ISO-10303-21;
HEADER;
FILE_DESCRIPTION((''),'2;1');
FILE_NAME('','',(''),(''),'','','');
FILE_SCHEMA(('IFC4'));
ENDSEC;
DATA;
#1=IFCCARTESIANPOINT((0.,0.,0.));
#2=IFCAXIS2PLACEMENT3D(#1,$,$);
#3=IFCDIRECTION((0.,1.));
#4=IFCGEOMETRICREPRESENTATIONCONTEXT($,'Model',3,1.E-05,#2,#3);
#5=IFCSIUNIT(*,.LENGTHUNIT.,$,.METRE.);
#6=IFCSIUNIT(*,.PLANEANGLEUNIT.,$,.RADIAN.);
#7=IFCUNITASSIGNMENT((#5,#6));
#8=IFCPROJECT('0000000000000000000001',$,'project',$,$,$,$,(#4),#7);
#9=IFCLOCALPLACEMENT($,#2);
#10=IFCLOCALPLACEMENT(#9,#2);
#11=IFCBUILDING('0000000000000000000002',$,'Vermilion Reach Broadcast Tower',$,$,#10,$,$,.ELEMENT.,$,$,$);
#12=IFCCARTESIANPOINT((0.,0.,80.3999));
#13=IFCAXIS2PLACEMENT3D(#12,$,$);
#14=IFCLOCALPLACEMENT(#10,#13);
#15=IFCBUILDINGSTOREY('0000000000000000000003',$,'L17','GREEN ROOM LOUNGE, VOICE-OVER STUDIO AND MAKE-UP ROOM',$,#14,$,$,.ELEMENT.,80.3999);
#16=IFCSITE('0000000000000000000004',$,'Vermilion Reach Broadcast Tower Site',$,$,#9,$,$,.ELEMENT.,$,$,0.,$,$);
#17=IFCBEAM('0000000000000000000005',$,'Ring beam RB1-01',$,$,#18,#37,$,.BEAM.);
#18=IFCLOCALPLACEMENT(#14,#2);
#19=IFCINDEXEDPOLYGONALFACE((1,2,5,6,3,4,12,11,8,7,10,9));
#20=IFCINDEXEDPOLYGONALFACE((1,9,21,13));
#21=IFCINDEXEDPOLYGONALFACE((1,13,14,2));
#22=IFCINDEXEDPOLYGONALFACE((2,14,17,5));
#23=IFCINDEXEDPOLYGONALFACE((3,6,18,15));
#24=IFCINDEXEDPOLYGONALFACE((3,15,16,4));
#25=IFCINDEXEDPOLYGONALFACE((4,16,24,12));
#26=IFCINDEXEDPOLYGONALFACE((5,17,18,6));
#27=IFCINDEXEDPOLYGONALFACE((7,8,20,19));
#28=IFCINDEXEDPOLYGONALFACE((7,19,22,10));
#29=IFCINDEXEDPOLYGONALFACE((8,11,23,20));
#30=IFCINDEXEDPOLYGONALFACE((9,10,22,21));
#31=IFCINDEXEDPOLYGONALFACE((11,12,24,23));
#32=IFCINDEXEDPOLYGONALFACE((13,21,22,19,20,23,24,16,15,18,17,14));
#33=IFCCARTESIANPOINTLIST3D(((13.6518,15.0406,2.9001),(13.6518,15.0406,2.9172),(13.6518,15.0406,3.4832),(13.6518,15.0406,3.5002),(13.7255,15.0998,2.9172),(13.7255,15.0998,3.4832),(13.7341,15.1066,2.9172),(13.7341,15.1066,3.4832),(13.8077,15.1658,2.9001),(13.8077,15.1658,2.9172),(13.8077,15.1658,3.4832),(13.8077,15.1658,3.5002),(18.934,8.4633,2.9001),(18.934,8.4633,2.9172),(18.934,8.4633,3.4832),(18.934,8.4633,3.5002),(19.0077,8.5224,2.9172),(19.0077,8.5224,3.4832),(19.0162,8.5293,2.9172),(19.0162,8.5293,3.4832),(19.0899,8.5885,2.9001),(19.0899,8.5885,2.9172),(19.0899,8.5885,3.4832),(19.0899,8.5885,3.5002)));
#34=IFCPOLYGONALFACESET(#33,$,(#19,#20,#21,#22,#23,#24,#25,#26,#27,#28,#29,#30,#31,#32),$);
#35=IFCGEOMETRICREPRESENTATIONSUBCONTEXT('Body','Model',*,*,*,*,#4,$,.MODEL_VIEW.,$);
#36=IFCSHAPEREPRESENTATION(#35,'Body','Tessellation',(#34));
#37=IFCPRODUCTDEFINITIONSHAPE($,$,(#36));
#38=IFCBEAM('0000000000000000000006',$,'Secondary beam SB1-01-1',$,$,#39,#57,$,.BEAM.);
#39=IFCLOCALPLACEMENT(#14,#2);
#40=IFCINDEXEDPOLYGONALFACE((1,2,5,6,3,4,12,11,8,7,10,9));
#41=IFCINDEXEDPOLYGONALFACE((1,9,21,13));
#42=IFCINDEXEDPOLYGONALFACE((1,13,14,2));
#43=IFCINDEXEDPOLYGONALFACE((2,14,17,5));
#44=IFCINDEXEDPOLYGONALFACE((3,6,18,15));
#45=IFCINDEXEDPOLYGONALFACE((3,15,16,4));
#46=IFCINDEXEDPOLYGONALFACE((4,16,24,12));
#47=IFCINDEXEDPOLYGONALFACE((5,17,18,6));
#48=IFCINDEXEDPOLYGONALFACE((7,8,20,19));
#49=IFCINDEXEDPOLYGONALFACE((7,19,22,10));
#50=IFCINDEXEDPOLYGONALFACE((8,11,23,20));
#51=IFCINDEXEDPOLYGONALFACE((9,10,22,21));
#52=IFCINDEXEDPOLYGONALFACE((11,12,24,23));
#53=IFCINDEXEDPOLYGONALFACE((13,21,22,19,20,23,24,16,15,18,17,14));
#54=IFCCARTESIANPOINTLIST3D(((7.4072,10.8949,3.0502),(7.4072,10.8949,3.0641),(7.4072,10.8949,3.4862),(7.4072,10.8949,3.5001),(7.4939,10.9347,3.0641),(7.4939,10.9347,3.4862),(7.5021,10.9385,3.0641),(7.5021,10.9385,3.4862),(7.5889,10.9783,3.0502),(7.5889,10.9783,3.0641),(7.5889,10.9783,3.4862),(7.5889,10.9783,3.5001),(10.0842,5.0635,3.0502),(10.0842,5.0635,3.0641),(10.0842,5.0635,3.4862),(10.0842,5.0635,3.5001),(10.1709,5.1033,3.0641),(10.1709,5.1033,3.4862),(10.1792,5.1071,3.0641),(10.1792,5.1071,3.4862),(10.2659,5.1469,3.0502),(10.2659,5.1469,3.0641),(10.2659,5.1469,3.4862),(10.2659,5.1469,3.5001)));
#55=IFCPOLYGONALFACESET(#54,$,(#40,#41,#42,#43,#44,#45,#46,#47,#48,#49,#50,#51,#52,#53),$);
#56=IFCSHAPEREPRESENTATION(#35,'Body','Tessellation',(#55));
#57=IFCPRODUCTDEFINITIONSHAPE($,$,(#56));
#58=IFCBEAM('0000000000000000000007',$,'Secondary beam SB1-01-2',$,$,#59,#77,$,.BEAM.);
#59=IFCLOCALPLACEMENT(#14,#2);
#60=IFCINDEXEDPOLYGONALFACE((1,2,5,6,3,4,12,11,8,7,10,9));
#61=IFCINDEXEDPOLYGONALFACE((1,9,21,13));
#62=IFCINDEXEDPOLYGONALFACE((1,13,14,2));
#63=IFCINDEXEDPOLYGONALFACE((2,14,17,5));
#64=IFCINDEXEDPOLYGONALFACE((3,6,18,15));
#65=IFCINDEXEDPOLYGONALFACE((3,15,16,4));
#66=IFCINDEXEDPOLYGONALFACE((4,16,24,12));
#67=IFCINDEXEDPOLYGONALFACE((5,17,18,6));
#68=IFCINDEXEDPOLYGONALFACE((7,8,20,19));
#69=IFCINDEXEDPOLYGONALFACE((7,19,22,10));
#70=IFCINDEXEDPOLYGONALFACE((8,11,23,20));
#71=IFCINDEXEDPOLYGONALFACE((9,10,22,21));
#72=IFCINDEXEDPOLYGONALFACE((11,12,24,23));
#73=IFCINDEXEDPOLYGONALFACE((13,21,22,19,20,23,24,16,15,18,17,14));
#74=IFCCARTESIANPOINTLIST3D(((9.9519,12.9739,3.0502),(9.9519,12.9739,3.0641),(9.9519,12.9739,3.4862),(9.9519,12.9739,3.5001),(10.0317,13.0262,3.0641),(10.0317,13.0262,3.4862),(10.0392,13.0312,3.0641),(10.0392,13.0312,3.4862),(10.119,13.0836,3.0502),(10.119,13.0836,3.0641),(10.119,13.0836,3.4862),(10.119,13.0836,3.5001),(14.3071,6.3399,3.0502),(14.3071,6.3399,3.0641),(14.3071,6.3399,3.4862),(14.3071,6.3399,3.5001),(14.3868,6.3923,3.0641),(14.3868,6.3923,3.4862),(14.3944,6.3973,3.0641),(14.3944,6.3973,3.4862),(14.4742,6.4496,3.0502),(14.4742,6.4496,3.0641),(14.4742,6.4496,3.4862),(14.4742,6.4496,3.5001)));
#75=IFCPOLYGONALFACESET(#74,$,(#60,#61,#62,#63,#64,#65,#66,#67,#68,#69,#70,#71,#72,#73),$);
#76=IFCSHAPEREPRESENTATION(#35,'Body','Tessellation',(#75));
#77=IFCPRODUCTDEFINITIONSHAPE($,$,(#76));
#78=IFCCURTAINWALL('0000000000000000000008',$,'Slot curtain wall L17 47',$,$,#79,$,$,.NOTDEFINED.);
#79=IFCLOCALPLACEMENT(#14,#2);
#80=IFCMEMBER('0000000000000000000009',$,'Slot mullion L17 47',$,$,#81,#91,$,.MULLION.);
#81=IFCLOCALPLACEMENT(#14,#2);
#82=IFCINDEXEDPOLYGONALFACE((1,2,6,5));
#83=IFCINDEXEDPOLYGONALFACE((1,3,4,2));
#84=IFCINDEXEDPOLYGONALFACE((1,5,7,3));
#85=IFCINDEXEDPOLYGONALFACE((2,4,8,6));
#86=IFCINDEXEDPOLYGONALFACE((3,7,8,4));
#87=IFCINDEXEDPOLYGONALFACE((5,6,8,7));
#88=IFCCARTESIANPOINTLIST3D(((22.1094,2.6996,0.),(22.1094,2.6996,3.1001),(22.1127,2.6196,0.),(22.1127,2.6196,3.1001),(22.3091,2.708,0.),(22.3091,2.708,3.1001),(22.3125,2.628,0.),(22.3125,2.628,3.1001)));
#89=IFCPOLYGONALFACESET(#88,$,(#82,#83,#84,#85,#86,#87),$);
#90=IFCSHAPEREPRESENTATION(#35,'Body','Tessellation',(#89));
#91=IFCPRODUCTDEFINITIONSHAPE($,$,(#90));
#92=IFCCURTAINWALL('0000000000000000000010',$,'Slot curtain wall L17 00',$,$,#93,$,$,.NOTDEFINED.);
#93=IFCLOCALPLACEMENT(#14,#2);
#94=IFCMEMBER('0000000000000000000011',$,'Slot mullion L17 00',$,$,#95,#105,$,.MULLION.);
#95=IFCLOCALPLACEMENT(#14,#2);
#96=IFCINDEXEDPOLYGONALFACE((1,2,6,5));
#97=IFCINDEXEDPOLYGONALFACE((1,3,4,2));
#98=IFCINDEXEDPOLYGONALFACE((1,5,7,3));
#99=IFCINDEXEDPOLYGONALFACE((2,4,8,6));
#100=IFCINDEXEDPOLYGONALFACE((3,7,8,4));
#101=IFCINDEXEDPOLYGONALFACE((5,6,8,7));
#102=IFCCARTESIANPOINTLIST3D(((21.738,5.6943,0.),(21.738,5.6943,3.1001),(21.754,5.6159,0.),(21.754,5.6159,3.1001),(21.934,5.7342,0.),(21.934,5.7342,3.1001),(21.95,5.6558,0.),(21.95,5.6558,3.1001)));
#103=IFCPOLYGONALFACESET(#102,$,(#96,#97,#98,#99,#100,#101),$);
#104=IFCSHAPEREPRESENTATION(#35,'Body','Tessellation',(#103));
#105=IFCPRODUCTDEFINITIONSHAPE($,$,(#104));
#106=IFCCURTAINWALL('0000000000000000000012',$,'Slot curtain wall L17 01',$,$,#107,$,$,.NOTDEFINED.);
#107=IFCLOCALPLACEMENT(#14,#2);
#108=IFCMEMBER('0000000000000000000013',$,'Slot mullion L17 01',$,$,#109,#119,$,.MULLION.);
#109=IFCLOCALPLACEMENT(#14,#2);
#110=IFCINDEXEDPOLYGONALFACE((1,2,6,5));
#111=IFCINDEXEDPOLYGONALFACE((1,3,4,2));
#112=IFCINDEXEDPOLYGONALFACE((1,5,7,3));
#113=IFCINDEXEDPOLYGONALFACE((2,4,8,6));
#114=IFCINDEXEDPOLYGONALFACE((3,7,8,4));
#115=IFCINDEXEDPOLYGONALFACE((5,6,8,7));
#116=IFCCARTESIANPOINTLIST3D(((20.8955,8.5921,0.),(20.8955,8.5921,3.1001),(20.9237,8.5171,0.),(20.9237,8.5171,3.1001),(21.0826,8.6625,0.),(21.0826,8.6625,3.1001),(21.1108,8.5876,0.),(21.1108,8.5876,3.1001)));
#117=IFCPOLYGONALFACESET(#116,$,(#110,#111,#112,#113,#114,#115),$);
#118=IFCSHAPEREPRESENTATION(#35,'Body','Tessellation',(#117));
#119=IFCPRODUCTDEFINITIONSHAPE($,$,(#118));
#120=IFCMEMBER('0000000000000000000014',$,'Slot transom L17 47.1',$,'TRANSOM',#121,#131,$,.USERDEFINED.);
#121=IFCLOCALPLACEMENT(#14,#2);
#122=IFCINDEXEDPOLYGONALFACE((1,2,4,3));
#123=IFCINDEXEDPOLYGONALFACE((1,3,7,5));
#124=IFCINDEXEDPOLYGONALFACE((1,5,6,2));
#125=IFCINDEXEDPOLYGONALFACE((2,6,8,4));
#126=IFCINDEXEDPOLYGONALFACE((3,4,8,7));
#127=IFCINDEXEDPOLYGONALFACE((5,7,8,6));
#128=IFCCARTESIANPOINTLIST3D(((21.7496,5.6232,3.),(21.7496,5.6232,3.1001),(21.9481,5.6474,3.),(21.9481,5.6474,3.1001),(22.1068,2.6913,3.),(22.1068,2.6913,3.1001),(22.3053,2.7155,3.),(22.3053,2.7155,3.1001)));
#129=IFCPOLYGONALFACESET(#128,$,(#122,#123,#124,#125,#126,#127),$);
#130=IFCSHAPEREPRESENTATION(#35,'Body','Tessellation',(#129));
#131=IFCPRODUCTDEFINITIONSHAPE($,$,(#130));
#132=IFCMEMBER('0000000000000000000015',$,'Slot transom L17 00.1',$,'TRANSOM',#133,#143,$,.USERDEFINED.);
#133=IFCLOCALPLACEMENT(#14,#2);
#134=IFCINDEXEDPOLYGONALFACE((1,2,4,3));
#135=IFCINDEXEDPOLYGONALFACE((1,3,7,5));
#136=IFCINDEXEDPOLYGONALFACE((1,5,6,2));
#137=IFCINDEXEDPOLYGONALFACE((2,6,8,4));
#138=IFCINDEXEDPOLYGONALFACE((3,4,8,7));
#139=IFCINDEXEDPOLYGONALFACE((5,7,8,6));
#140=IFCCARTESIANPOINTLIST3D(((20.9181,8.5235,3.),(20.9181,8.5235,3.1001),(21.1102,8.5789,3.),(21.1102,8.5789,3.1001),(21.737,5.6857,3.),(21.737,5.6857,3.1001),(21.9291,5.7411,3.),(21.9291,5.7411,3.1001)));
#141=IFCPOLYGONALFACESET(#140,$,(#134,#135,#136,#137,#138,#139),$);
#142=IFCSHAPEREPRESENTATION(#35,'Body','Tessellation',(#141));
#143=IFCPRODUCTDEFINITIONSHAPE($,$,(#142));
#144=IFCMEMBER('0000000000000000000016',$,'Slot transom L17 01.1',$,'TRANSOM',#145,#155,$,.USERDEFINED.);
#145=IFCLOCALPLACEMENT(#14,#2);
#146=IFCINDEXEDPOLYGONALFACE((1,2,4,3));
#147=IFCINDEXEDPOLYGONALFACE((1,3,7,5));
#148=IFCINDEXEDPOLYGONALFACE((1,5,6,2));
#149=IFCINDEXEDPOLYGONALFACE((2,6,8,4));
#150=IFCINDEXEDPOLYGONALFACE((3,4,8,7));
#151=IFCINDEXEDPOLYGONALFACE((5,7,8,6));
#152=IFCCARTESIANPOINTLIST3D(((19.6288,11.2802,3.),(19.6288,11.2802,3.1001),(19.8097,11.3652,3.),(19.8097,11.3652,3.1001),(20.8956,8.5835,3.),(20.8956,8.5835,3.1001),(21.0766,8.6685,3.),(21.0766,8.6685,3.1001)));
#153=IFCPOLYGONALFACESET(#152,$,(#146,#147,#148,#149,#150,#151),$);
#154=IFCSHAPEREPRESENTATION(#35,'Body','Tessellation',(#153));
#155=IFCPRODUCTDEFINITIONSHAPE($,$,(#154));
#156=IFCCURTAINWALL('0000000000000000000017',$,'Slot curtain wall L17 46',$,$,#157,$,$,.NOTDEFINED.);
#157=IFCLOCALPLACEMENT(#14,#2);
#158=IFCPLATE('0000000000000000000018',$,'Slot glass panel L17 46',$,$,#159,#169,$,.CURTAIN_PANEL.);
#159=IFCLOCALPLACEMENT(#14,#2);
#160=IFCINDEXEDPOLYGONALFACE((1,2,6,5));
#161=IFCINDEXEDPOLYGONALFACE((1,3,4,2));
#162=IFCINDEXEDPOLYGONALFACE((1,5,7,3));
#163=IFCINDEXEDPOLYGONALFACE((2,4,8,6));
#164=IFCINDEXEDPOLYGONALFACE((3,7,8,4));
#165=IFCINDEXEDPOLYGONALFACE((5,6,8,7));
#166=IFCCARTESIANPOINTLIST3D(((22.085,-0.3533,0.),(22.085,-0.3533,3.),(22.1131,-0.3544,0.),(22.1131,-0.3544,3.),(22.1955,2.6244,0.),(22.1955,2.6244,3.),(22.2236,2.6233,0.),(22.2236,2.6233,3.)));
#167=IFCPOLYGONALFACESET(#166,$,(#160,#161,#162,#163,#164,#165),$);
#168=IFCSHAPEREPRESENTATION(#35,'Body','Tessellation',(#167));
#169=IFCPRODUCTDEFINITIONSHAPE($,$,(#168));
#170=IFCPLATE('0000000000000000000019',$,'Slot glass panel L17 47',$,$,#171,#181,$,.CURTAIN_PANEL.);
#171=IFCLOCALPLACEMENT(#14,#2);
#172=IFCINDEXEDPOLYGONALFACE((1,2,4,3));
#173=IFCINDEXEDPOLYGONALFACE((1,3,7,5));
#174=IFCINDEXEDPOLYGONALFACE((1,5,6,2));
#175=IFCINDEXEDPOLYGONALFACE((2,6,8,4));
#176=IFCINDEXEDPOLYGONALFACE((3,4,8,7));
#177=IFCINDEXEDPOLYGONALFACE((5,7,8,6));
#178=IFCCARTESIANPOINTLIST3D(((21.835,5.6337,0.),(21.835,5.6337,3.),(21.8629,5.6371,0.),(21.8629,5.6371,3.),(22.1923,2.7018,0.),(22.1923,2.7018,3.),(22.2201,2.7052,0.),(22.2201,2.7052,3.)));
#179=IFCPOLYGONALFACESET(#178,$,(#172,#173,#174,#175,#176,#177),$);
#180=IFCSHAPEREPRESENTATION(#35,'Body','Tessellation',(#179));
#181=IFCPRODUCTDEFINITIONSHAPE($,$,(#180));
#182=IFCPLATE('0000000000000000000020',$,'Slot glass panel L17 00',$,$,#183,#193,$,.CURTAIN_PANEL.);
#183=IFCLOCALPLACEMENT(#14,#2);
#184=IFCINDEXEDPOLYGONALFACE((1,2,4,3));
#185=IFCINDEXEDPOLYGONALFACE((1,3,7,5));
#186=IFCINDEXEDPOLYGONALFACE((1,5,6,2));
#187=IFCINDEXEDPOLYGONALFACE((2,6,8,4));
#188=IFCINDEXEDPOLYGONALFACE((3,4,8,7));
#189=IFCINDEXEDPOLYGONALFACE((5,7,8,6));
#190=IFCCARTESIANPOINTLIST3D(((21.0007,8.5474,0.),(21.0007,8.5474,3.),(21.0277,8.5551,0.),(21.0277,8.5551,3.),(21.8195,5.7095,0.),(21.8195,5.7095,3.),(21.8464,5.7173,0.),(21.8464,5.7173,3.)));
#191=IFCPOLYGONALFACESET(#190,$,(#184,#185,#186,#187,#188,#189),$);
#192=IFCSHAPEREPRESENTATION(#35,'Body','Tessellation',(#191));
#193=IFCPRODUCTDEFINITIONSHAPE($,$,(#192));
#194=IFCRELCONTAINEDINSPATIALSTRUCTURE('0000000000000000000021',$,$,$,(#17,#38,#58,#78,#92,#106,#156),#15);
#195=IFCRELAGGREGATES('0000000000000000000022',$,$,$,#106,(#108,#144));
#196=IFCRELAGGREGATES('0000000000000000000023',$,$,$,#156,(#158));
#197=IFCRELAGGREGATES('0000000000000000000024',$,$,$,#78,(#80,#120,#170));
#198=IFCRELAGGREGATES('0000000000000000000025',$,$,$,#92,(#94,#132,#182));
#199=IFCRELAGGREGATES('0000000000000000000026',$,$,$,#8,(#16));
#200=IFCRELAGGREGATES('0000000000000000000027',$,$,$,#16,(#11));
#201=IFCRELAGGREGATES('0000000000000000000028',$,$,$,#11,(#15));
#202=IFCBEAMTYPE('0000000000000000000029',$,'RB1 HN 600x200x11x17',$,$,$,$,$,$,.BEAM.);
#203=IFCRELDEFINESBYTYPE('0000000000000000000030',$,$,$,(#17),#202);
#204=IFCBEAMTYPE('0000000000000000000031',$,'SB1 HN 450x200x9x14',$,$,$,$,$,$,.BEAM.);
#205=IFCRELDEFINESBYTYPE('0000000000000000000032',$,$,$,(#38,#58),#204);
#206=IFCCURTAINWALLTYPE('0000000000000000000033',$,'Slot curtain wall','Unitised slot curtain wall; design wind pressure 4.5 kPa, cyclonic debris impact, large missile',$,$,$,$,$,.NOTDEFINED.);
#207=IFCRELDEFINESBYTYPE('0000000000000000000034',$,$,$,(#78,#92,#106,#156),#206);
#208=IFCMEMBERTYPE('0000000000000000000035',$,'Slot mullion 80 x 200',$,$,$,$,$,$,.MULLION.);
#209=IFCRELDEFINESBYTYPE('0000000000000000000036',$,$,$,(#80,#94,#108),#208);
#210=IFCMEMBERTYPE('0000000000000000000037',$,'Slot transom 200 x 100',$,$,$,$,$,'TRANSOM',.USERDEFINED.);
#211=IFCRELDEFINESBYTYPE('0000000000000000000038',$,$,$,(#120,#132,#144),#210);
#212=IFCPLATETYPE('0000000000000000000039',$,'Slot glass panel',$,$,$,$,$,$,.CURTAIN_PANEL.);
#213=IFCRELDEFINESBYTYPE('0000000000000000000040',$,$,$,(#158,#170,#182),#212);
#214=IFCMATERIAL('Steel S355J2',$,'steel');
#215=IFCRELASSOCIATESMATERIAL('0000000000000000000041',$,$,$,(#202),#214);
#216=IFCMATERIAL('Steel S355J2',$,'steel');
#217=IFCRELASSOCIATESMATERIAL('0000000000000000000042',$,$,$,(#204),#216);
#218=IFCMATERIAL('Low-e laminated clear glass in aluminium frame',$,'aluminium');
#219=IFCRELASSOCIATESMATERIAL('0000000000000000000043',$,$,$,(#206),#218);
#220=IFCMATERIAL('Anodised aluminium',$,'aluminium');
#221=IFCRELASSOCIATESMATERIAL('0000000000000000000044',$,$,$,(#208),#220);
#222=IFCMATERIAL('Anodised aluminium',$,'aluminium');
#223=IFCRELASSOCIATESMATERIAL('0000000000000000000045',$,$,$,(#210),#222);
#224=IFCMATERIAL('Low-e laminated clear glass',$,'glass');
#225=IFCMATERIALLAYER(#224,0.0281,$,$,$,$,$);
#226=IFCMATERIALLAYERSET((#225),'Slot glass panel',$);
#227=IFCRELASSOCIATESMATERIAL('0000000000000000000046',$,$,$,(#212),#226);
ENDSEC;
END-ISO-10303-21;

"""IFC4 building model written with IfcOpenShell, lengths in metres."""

from ifc_helpers import new_model, si_unit, direction, frame, origin, origin_2d, place, context, subcontext, project, spatial, rectangle, i_section, extrude, material, layer, layer_set, material_profile, profile_set, type_object, element, aggregate, save


model = new_model("IFC4")

# Units and contexts
model_context = context("Model", 3, precision=1e-05, world=origin(), true_north=direction((0.0, 1.0)))
body_context = subcontext(model_context, "Body", "Model", "MODEL_VIEW")
ifc_project = project(units=[si_unit("LENGTHUNIT", "METRE"), si_unit("PLANEANGLEUNIT", "RADIAN")], contexts=[model_context])

# Site, building, storey
site_placement = place(None, origin())
site = spatial("IfcSite", under=ifc_project, at=site_placement, Name="Vermilion Reach Broadcast Tower Site", CompositionType="ELEMENT", RefElevation=0.0)
building_placement = place(site_placement, origin())
building = spatial("IfcBuilding", under=site, at=building_placement, Name="Vermilion Reach Broadcast Tower", CompositionType="ELEMENT")
storey_placement = place(building_placement, frame((0.0, 0.0, 80.3999)))
storey = spatial("IfcBuildingStorey", under=building, at=storey_placement, Name="L17", Description="GREEN ROOM LOUNGE, VOICE-OVER STUDIO AND MAKE-UP ROOM", CompositionType="ELEMENT", Elevation=80.3999)

# Beams
ifc_material_1 = material(Name="Steel S355J2", Category="steel")
ifc_material_profile_1 = material_profile(ifc_material_1, i_section(OverallWidth=0.2, OverallDepth=0.6001, WebThickness=0.011, FlangeThickness=0.0171, at=origin_2d()), Name="S355J2 HN 600x200x11x17")
ifc_profile_set_1 = profile_set([ifc_material_profile_1], Name="Steel S355J2")
beam_type_1 = type_object("IfcBeamType", Name="RB1 HN 600x200x11x17", PredefinedType="BEAM", material=ifc_profile_set_1)
beam_1_placement = place(storey_placement, frame((19.012, 8.5259, 3.2002), z_axis=(-0.626162, 0.779693, 0.0), x_axis=(-0.779693, -0.626162, 0.0)))
element("IfcBeam", 1, at=beam_1_placement, inside=storey, type_object=beam_type_1, Name="Ring beam RB1-01", PredefinedType="BEAM", context=body_context, shape_type="SweptSolid", body=[
    extrude(i_section(OverallWidth=0.2, OverallDepth=0.6001, WebThickness=0.011, FlangeThickness=0.0171, at=origin_2d()), origin(), (0.0, 0.0, 1.0), 8.4358),
])
ifc_material_2 = material(Name="Steel S355J2", Category="steel")
ifc_material_profile_2 = material_profile(ifc_material_2, i_section(OverallWidth=0.2, OverallDepth=0.45, WebThickness=0.009, FlangeThickness=0.0139, at=origin_2d()), Name="S355J2 HN 450x200x9x14")
ifc_profile_set_2 = profile_set([ifc_material_profile_2], Name="Steel S355J2")
beam_type_2 = type_object("IfcBeamType", Name="SB1 HN 450x200x9x14", PredefinedType="BEAM", material=ifc_profile_set_2)
beam_2_placement = place(storey_placement, frame((10.175, 5.1052, 3.2751), z_axis=(-0.417211, 0.908809, 0.0), x_axis=(-0.908809, -0.417211, 0.0)))
element("IfcBeam", 2, at=beam_2_placement, inside=storey, type_object=beam_type_2, Name="Secondary beam SB1-01-1", PredefinedType="BEAM", context=body_context, shape_type="SweptSolid", body=[
    extrude(i_section(OverallWidth=0.2, OverallDepth=0.45, WebThickness=0.009, FlangeThickness=0.0139, at=origin_2d()), origin(), (0.0, 0.0, 1.0), 6.4165),
])
beam_3_placement = place(storey_placement, frame((14.3906, 6.3948, 3.2751), z_axis=(-0.548801, 0.835953, 0.0), x_axis=(-0.835953, -0.548801, 0.0)))
element("IfcBeam", 3, at=beam_3_placement, inside=storey, type_object=beam_type_2, Name="Secondary beam SB1-01-2", PredefinedType="BEAM", context=body_context, shape_type="SweptSolid", body=[
    extrude(i_section(OverallWidth=0.2, OverallDepth=0.45, WebThickness=0.009, FlangeThickness=0.0139, at=origin_2d()), origin(), (0.0, 0.0, 1.0), 7.9358),
])

# Curtain walls, members
ifc_material_3 = material(Name="Low-e laminated clear glass in aluminium frame", Category="aluminium")
curtain_wall_type = type_object("IfcCurtainWallType", Name="Slot curtain wall", Description="Unitised slot curtain wall; design wind pressure 4.5 kPa, cyclonic debris impact, large missile", PredefinedType="NOTDEFINED", material=ifc_material_3)
placement = place(storey_placement, origin())
curtain_wall_1 = element("IfcCurtainWall", 4, at=placement, inside=storey, type_object=curtain_wall_type, Name="Slot curtain wall L17 47", PredefinedType="NOTDEFINED")
ifc_material_4 = material(Name="Anodised aluminium", Category="aluminium")
ifc_material_profile_3 = material_profile(ifc_material_4, rectangle(XDim=0.2, YDim=0.0801, at=origin_2d()), Name="Slot mullion 80 x 200")
ifc_profile_set_3 = profile_set([ifc_material_profile_3], Name="Anodised aluminium")
member_type_1 = type_object("IfcMemberType", Name="Slot mullion 80 x 200", PredefinedType="MULLION", material=ifc_profile_set_3)
member_1_placement = place(storey_placement, frame((22.2109, 2.6638, 0.0), z_axis=(0.0, 0.0, 1.0), x_axis=(-0.999115, -0.04207, 0.0)))
member_1 = element("IfcMember", 5, at=member_1_placement, type_object=member_type_1, Name="Slot mullion L17 47", PredefinedType="MULLION", context=body_context, shape_type="SweptSolid", body=[
    extrude(rectangle(XDim=0.2, YDim=0.0801, at=origin_2d()), origin(), (0.0, 0.0, 1.0), 3.1001),
])
curtain_wall_2 = element("IfcCurtainWall", 6, at=placement, inside=storey, type_object=curtain_wall_type, Name="Slot curtain wall L17 00", PredefinedType="NOTDEFINED")
member_2_placement = place(storey_placement, frame((21.844, 5.675, 0.0), z_axis=(0.0, 0.0, 1.0), x_axis=(-0.979855, -0.19971, 0.0)))
member_2 = element("IfcMember", 7, at=member_2_placement, type_object=member_type_1, Name="Slot mullion L17 00", PredefinedType="MULLION", context=body_context, shape_type="SweptSolid", body=[
    extrude(rectangle(XDim=0.2, YDim=0.0801, at=origin_2d()), origin(), (0.0, 0.0, 1.0), 3.1001),
])
curtain_wall_3 = element("IfcCurtainWall", 8, at=placement, inside=storey, type_object=curtain_wall_type, Name="Slot curtain wall L17 01", PredefinedType="NOTDEFINED")
member_3_placement = place(storey_placement, frame((21.0032, 8.5898, 0.0), z_axis=(0.0, 0.0, 1.0), x_axis=(-0.935882, -0.352313, 0.0)))
member_3 = element("IfcMember", 9, at=member_3_placement, type_object=member_type_1, Name="Slot mullion L17 01", PredefinedType="MULLION", context=body_context, shape_type="SweptSolid", body=[
    extrude(rectangle(XDim=0.2, YDim=0.0801, at=origin_2d()), origin(), (0.0, 0.0, 1.0), 3.1001),
])

# Members
ifc_material_5 = material(Name="Anodised aluminium", Category="aluminium")
ifc_material_profile_4 = material_profile(ifc_material_5, rectangle(XDim=0.2, YDim=0.1001, at=origin_2d()), Name="Slot transom 200 x 100")
ifc_profile_set_4 = profile_set([ifc_material_profile_4], Name="Anodised aluminium")
member_type_2 = type_object("IfcMemberType", Name="Slot transom 200 x 100", ElementType="TRANSOM", PredefinedType="USERDEFINED", material=ifc_profile_set_4)
member_4_placement = place(storey_placement, frame((22.2061, 2.7034, 3.05), z_axis=(-0.120931, 0.992661, 0.0), x_axis=(-0.992661, -0.120931, 0.0)))
member_4 = element("IfcMember", 10, at=member_4_placement, type_object=member_type_2, Name="Slot transom L17 47.1", ObjectType="TRANSOM", PredefinedType="USERDEFINED", context=body_context, shape_type="SweptSolid", body=[
    extrude(rectangle(XDim=0.2, YDim=0.1001, at=origin_2d()), origin(), (0.0, 0.0, 1.0), 2.9536),
])
member_5_placement = place(storey_placement, frame((21.833, 5.7134, 3.05), z_axis=(-0.277231, 0.960803, 0.0), x_axis=(-0.960803, -0.277231, 0.0)))
member_5 = element("IfcMember", 11, at=member_5_placement, type_object=member_type_2, Name="Slot transom L17 00.1", ObjectType="TRANSOM", PredefinedType="USERDEFINED", context=body_context, shape_type="SweptSolid", body=[
    extrude(rectangle(XDim=0.2, YDim=0.1001, at=origin_2d()), origin(), (0.0, 0.0, 1.0), 2.9536),
])
member_6_placement = place(storey_placement, frame((20.9861, 8.626, 3.05), z_axis=(-0.425185, 0.905106, 0.0), x_axis=(-0.905106, -0.425185, 0.0)))
member_6 = element("IfcMember", 12, at=member_6_placement, type_object=member_type_2, Name="Slot transom L17 01.1", ObjectType="TRANSOM", PredefinedType="USERDEFINED", context=body_context, shape_type="SweptSolid", body=[
    extrude(rectangle(XDim=0.2, YDim=0.1001, at=origin_2d()), origin(), (0.0, 0.0, 1.0), 2.9795),
])
aggregate(curtain_wall_3, [member_3, member_6])

# Curtain wall, plate
curtain_wall_4 = element("IfcCurtainWall", 13, at=placement, inside=storey, type_object=curtain_wall_type, Name="Slot curtain wall L17 46", PredefinedType="NOTDEFINED")
ifc_material_6 = material(Name="Low-e laminated clear glass", Category="glass")
ifc_layer_1 = layer(ifc_material_6, 0.0281)
ifc_layer_set_1 = layer_set([ifc_layer_1], Name="Slot glass panel")
plate_type = type_object("IfcPlateType", Name="Slot glass panel", PredefinedType="CURTAIN_PANEL", material=ifc_layer_set_1)
plate_1_placement = place(storey_placement, frame((22.1543, 1.135, 0.0), z_axis=(0.0, 0.0, 1.0), x_axis=(0.037071, 0.999313, 0.0)))
plate_1 = element("IfcPlate", 14, at=plate_1_placement, type_object=plate_type, Name="Slot glass panel L17 46", PredefinedType="CURTAIN_PANEL", context=body_context, shape_type="SweptSolid", body=[
    extrude(rectangle(XDim=2.9797, YDim=0.0281, at=origin_2d()), origin(), (0.0, 0.0, 1.0), 3.0),
])
aggregate(curtain_wall_4, [plate_1])

# Plates
plate_2_placement = place(storey_placement, frame((22.0276, 4.1694, 0.0), z_axis=(0.0, 0.0, 1.0), x_axis=(-0.120947, 0.992659, 0.0)))
plate_2 = element("IfcPlate", 15, at=plate_2_placement, type_object=plate_type, Name="Slot glass panel L17 47", PredefinedType="CURTAIN_PANEL", context=body_context, shape_type="SweptSolid", body=[
    extrude(rectangle(XDim=2.9536, YDim=0.0281, at=origin_2d()), origin(), (0.0, 0.0, 1.0), 3.0),
])
aggregate(curtain_wall_1, [member_1, member_4, plate_2])
plate_3_placement = place(storey_placement, frame((21.4236, 7.1323, 0.0), z_axis=(0.0, 0.0, 1.0), x_axis=(-0.277201, 0.960812, 0.0)))
plate_3 = element("IfcPlate", 16, at=plate_3_placement, type_object=plate_type, Name="Slot glass panel L17 00", PredefinedType="CURTAIN_PANEL", context=body_context, shape_type="SweptSolid", body=[
    extrude(rectangle(XDim=2.9536, YDim=0.0281, at=origin_2d()), origin(), (0.0, 0.0, 1.0), 3.0),
])
aggregate(curtain_wall_2, [member_2, member_5, plate_3])

save(model, "model.ifc")
